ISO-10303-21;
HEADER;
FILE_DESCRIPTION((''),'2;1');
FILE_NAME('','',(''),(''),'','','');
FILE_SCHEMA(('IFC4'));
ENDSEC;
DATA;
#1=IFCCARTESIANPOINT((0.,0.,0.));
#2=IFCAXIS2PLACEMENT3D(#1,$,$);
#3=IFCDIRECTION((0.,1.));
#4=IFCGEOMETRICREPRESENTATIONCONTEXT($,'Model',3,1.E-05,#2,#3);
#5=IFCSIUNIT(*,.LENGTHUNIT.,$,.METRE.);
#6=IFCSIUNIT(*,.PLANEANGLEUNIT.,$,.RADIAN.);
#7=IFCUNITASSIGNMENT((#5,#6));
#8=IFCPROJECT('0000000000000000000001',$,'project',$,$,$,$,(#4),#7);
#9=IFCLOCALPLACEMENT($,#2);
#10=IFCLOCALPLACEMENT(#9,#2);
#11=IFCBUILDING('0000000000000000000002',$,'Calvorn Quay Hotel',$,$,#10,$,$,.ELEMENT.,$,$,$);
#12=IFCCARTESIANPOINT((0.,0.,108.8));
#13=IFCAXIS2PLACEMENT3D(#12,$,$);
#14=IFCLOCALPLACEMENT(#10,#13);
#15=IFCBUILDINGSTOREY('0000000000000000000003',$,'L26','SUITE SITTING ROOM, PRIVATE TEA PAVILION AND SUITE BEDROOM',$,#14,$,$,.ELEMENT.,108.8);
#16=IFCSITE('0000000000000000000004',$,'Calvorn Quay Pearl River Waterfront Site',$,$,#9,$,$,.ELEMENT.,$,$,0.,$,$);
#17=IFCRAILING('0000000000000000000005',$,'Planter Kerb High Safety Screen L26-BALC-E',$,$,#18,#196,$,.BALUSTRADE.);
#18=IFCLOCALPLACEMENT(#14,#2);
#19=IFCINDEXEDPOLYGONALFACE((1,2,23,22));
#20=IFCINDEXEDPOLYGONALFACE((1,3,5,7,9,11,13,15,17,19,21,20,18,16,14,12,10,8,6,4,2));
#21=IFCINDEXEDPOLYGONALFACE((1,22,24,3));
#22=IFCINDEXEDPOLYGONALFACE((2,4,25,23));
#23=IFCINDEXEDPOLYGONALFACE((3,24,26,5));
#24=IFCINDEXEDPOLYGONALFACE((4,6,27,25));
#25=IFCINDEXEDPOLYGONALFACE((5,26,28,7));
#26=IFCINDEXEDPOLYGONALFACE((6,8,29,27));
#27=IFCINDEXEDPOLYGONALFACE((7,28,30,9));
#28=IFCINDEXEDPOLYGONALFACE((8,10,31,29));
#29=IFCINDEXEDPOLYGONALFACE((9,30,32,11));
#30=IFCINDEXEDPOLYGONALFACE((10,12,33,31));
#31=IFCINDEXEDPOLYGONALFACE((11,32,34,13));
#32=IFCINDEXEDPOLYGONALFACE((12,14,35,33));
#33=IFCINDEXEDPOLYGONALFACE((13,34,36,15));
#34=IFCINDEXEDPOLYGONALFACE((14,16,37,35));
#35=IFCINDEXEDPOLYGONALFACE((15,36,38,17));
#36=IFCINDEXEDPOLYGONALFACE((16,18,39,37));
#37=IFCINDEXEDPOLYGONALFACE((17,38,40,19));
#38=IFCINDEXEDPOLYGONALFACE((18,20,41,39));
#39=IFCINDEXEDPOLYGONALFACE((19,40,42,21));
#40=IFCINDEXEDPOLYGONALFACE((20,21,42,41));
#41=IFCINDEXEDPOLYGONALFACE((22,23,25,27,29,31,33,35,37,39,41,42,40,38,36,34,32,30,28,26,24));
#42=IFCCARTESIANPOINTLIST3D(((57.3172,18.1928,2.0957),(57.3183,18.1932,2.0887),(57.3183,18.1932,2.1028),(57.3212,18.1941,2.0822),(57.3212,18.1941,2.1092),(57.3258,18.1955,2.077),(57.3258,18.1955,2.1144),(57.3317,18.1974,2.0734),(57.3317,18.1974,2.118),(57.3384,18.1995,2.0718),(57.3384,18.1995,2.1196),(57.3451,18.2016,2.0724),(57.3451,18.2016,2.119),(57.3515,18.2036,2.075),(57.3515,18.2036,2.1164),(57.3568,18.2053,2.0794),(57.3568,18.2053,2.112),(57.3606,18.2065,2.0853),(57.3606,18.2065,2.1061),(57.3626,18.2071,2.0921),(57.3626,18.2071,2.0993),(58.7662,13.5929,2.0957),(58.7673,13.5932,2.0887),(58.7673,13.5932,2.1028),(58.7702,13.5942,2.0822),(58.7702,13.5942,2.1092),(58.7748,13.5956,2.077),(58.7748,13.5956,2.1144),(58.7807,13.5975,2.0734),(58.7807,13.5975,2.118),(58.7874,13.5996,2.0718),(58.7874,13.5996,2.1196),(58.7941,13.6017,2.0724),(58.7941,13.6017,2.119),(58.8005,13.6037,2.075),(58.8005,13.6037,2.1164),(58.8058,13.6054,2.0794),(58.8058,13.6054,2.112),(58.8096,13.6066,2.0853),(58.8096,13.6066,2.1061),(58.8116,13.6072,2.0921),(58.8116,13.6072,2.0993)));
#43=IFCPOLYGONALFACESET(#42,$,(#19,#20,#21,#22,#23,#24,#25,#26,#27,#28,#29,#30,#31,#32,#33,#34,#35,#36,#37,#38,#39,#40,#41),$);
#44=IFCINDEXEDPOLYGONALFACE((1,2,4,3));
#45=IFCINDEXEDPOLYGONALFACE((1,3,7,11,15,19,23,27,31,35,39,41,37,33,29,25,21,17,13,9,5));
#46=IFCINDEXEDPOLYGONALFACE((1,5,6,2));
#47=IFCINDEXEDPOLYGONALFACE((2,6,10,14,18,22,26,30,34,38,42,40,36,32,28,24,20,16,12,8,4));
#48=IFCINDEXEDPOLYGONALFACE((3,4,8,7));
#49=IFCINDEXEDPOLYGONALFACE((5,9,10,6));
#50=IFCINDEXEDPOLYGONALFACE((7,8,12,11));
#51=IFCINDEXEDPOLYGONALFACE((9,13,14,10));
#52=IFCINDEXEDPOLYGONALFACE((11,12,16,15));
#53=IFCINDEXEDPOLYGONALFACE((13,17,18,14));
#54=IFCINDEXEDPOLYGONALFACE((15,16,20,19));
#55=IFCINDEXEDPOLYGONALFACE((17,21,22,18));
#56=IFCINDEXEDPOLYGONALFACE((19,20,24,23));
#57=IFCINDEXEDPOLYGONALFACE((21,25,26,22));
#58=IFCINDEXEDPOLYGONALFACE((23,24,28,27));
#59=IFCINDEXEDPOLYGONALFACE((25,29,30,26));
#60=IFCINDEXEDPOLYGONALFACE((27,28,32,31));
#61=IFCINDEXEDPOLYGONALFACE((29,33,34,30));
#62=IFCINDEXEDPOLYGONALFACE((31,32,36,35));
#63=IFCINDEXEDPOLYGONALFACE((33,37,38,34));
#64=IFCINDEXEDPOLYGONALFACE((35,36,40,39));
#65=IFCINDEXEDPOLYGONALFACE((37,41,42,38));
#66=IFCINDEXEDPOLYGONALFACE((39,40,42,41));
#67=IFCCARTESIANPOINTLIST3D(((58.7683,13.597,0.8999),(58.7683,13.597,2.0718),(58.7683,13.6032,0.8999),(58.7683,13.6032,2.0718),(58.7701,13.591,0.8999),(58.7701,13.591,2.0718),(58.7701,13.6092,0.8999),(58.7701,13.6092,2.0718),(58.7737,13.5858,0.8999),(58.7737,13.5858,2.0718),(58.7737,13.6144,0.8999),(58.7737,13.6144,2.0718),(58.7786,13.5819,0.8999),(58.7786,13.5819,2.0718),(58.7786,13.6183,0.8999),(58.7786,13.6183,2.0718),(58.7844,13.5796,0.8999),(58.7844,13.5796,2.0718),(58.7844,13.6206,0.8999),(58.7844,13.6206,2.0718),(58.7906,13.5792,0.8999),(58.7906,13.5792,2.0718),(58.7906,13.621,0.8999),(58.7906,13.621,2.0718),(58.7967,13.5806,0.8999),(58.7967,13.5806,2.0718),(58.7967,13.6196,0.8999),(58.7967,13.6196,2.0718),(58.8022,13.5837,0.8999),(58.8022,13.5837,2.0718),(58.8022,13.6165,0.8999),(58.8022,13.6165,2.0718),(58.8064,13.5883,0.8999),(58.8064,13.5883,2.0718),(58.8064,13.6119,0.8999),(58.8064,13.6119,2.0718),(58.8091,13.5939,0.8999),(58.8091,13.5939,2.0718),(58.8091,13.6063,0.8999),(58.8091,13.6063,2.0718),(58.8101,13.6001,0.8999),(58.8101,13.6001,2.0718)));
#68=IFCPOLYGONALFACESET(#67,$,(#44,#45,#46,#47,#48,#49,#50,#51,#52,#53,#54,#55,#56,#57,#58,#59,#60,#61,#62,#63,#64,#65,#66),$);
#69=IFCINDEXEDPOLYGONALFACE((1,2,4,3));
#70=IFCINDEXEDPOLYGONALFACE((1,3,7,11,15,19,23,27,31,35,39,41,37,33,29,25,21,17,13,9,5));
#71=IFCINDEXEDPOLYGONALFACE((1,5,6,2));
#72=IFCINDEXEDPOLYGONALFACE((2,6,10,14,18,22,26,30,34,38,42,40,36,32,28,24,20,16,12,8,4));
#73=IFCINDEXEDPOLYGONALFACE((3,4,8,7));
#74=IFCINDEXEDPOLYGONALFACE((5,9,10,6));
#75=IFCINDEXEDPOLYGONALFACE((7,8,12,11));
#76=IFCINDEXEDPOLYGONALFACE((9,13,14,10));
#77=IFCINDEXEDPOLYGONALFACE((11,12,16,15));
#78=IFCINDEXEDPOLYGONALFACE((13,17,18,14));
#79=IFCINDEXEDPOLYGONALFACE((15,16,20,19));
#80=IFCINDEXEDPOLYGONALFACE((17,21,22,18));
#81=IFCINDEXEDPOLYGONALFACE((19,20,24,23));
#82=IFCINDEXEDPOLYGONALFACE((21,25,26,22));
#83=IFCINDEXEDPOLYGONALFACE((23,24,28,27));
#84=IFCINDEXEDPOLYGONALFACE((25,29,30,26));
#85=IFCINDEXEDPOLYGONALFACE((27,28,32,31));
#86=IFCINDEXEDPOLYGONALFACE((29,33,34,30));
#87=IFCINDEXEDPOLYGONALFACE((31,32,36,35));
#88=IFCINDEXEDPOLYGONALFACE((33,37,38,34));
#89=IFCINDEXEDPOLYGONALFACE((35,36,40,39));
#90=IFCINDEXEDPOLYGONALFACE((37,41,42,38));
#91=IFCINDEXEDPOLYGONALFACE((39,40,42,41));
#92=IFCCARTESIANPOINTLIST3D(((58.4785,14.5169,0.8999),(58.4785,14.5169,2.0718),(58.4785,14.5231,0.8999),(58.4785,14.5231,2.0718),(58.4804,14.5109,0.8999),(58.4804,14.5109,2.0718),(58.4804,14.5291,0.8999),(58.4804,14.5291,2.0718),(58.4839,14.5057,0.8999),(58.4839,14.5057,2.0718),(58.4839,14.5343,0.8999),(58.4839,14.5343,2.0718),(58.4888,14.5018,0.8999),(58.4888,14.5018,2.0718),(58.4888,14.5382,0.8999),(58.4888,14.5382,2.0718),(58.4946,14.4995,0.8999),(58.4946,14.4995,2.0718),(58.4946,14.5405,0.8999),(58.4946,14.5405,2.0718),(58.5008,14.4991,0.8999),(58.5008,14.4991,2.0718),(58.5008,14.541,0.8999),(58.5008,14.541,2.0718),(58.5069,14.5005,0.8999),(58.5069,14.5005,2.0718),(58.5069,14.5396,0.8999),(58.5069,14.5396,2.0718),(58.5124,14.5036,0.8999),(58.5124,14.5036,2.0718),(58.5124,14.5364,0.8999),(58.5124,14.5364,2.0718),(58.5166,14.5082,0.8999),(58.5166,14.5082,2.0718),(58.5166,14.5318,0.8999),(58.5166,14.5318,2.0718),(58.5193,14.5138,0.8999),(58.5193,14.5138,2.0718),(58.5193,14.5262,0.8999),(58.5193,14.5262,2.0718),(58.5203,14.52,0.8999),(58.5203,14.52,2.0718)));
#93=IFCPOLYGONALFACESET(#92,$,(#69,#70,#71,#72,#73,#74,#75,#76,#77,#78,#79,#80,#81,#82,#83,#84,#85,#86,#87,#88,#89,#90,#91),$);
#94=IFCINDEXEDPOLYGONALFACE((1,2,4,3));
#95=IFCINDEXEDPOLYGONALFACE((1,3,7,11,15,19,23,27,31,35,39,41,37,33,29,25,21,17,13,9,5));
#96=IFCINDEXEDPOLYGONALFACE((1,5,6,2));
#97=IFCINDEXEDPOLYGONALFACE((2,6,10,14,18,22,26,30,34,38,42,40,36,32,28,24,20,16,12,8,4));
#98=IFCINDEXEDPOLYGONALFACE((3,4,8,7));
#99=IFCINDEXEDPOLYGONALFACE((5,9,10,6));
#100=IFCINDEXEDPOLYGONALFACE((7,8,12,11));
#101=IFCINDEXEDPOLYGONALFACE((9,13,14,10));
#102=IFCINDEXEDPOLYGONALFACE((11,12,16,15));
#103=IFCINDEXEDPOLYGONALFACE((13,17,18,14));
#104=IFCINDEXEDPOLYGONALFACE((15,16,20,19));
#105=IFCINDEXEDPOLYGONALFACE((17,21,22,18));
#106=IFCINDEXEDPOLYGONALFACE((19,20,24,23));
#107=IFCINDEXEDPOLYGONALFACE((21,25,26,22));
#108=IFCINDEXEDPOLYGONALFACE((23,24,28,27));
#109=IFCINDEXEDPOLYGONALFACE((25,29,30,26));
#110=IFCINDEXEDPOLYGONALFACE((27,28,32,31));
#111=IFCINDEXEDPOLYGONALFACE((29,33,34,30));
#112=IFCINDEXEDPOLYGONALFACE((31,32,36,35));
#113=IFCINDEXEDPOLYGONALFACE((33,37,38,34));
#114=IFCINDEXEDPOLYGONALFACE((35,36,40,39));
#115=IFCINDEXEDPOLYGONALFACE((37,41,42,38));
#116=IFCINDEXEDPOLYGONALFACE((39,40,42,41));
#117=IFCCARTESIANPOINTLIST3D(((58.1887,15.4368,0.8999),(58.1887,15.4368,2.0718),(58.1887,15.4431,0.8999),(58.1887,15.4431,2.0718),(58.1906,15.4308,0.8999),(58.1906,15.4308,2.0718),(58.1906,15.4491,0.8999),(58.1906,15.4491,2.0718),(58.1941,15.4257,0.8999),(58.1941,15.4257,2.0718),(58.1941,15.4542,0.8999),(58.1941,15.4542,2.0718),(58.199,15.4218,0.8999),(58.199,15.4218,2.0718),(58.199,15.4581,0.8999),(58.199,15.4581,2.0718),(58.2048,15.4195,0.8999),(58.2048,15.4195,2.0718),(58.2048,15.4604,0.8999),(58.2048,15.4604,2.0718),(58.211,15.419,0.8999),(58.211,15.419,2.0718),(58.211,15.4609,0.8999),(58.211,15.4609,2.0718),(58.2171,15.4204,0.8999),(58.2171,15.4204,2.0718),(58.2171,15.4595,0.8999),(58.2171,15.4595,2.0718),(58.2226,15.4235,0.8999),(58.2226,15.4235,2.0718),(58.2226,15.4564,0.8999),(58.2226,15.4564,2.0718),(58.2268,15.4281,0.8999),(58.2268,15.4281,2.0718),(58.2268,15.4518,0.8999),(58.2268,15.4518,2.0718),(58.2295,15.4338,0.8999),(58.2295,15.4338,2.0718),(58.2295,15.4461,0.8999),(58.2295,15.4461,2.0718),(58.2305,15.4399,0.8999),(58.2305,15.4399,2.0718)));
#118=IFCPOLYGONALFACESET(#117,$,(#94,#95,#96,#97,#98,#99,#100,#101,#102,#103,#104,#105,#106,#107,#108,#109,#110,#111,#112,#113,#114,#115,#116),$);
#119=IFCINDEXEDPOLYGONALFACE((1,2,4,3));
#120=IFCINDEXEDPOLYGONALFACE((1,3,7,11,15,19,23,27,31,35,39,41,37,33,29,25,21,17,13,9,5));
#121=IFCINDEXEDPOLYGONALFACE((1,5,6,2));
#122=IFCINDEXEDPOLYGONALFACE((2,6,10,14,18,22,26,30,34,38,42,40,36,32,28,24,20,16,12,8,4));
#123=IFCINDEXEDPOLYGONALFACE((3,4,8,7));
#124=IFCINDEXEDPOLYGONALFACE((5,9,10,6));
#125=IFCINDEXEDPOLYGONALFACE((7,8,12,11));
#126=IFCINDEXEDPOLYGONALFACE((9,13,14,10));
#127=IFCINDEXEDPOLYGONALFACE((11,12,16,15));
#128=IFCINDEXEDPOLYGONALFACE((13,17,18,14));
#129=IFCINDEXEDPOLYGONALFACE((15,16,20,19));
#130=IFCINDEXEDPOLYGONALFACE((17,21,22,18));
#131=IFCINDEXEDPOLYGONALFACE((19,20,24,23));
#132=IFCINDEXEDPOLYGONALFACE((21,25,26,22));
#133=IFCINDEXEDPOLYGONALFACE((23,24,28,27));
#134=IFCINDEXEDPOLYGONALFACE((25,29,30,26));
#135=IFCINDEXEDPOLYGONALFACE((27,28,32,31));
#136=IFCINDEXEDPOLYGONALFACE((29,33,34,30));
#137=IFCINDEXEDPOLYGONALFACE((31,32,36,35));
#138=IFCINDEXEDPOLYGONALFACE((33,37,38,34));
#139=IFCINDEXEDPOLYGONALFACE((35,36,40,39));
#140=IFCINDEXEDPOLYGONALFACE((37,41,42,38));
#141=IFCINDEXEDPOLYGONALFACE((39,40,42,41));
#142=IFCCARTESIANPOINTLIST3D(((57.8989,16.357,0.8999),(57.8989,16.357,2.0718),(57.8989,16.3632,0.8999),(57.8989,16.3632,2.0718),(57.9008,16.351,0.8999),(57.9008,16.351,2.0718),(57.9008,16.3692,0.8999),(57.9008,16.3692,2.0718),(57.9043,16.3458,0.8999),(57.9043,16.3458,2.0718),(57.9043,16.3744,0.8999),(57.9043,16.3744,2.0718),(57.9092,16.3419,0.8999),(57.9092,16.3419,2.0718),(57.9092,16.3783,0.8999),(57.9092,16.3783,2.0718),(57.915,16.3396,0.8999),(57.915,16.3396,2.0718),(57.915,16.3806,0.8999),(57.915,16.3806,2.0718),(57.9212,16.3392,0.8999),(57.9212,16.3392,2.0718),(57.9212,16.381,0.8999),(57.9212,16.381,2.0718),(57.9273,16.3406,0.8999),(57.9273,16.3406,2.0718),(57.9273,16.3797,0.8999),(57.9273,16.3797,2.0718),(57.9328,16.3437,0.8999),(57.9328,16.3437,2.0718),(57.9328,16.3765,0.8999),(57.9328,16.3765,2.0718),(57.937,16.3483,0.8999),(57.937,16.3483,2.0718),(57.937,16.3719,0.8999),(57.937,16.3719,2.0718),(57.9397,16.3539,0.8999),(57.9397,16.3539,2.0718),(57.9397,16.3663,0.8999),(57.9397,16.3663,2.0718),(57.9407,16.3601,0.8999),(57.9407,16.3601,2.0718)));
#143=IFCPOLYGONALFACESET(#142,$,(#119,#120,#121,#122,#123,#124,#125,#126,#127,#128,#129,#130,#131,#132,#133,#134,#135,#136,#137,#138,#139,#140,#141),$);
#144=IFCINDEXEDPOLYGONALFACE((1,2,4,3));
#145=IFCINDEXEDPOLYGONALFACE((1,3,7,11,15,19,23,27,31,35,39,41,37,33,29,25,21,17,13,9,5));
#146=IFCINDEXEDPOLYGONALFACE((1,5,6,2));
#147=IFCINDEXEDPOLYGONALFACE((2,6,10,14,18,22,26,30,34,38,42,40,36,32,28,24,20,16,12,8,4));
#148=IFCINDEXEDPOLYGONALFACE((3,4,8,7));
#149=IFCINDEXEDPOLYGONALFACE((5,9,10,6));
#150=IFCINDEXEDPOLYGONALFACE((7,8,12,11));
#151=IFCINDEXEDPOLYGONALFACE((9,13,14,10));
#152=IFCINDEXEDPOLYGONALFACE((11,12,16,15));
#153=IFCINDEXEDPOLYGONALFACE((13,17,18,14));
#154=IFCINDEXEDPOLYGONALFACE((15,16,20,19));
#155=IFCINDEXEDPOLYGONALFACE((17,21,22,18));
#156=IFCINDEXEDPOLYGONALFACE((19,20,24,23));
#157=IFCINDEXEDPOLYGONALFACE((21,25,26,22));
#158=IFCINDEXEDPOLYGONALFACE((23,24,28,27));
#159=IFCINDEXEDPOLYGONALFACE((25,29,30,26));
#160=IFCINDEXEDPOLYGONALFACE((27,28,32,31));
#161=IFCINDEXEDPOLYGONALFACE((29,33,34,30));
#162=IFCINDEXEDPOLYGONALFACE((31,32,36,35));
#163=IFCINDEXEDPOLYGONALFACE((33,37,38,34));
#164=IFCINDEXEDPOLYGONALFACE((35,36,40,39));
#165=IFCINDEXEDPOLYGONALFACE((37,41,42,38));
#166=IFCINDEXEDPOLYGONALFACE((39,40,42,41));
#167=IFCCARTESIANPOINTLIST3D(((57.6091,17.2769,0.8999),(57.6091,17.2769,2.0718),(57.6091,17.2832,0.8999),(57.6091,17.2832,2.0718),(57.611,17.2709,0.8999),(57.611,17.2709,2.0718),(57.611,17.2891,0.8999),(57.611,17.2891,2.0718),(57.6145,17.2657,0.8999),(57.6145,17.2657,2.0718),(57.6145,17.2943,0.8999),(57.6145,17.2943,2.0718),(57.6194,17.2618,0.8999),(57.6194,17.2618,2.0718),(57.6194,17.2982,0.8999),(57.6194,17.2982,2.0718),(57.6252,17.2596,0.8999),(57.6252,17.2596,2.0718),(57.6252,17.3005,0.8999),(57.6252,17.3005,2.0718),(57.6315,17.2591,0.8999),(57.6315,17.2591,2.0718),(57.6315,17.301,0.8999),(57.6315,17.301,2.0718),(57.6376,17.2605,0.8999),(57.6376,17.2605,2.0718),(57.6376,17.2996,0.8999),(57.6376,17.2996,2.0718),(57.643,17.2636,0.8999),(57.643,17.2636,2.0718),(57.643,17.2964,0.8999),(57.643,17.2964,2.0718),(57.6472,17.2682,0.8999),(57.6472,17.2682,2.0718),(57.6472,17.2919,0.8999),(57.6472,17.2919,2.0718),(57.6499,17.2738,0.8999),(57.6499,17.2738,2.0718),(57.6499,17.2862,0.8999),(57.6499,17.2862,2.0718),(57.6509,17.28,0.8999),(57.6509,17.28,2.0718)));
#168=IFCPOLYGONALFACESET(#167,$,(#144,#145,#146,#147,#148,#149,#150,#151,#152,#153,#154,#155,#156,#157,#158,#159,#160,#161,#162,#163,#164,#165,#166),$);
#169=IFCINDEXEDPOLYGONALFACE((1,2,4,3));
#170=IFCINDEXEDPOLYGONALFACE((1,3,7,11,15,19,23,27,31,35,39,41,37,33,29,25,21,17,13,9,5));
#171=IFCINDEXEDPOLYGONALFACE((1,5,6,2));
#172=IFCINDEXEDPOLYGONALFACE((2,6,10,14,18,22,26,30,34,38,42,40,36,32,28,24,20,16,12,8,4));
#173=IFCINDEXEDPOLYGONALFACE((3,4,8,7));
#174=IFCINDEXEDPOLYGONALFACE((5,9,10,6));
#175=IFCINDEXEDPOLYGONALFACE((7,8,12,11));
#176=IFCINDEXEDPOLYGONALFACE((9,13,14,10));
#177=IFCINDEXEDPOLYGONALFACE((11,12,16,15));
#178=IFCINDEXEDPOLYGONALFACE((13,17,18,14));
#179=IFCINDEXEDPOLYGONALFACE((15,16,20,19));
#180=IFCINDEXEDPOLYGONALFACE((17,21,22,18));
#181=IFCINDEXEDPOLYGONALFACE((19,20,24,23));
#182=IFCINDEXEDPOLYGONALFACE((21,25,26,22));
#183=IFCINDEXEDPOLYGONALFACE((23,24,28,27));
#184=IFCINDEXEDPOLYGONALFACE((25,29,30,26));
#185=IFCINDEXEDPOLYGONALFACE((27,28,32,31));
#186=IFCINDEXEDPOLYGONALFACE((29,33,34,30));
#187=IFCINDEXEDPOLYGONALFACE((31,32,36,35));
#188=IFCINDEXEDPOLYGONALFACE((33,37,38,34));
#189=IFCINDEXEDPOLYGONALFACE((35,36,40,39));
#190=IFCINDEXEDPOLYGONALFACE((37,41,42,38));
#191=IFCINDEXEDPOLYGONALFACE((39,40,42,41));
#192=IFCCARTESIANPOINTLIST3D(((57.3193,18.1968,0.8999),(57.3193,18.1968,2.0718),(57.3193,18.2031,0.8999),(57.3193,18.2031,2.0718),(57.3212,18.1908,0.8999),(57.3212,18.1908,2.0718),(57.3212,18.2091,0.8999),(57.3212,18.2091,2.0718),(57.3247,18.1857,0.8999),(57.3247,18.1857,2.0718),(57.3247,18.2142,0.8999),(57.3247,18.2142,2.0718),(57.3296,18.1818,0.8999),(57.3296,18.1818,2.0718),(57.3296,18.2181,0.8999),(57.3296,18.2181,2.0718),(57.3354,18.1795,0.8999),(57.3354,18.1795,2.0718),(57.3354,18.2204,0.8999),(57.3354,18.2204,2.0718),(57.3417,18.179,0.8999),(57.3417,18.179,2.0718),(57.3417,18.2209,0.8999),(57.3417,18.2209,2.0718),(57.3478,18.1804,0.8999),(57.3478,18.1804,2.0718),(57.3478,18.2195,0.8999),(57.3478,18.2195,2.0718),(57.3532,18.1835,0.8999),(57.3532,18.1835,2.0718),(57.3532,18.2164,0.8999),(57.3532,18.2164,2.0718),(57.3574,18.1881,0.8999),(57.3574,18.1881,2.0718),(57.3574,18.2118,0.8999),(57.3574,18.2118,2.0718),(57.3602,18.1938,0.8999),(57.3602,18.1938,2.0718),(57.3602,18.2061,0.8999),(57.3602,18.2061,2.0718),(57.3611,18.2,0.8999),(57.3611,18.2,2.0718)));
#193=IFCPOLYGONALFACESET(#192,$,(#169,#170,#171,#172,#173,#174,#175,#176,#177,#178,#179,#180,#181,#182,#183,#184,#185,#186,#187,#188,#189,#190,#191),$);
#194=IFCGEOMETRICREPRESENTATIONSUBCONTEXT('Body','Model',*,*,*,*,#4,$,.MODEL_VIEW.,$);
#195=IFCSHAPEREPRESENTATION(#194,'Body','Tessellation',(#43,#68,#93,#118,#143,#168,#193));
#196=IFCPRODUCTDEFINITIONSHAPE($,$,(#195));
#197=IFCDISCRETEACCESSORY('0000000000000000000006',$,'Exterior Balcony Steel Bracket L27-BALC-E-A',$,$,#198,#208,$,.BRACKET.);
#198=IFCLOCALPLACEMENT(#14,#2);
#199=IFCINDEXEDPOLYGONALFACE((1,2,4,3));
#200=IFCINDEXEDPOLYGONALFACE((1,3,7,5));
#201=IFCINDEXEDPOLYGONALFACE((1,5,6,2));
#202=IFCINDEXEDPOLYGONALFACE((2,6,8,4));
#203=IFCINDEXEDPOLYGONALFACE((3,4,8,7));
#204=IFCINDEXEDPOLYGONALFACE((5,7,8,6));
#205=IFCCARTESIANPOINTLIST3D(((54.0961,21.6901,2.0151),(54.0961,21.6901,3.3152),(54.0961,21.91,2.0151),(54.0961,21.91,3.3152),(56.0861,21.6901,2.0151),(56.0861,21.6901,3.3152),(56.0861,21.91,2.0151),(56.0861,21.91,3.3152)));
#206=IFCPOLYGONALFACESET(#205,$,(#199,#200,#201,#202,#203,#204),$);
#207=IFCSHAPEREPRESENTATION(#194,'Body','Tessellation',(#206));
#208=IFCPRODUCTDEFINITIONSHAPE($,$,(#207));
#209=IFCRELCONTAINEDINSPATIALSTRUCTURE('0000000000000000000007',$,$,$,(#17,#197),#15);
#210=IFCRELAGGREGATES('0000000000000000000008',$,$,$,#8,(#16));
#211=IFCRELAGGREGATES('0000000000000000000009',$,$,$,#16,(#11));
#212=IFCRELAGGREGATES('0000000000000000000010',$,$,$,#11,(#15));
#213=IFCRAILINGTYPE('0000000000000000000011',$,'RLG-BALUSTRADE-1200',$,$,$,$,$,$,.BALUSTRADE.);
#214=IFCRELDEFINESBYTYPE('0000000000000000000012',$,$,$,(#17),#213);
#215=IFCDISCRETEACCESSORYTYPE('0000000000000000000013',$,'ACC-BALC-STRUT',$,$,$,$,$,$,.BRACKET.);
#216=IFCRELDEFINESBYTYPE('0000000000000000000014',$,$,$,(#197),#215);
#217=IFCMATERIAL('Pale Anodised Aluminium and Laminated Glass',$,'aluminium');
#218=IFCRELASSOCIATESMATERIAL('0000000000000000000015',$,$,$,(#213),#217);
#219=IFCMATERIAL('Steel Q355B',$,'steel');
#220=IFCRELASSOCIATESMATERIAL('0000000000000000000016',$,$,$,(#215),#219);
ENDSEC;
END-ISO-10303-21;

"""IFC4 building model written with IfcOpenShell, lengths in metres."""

from ifc_helpers import new_model, si_unit, direction, frame, origin, origin_2d, place, context, subcontext, project, spatial, rectangle, circle, extrude, material, type_object, element, save


model = new_model("IFC4")

# Units and contexts
model_context = context("Model", 3, precision=1e-05, world=origin(), true_north=direction((0.0, 1.0)))
body_context = subcontext(model_context, "Body", "Model", "MODEL_VIEW")
ifc_project = project(units=[si_unit("LENGTHUNIT", "METRE"), si_unit("PLANEANGLEUNIT", "RADIAN")], contexts=[model_context])

# Site, building, storey
site_placement = place(None, origin())
site = spatial("IfcSite", under=ifc_project, at=site_placement, Name="Calvorn Quay Pearl River Waterfront Site", CompositionType="ELEMENT", RefElevation=0.0)
building_placement = place(site_placement, origin())
building = spatial("IfcBuilding", under=site, at=building_placement, Name="Calvorn Quay Hotel", CompositionType="ELEMENT")
storey_placement = place(building_placement, frame((0.0, 0.0, 108.8)))
storey = spatial("IfcBuildingStorey", under=building, at=storey_placement, Name="L26", Description="SUITE SITTING ROOM, PRIVATE TEA PAVILION AND SUITE BEDROOM", CompositionType="ELEMENT", Elevation=108.8)

# Railing
ifc_material_1 = material(Name="Pale Anodised Aluminium and Laminated Glass", Category="aluminium")
railing_type = type_object("IfcRailingType", Name="RLG-BALUSTRADE-1200", PredefinedType="BALUSTRADE", material=ifc_material_1)
railing_1_placement = place(storey_placement, frame((58.7891, 13.6001, 0.8999)))
element("IfcRailing", 1, at=railing_1_placement, inside=storey, type_object=railing_type, Name="Planter Kerb High Safety Screen L26-BALC-E", PredefinedType="BALUSTRADE", context=body_context, shape_type="SweptSolid", body=[
    extrude(circle(Radius=0.0239, at=origin_2d()), frame((0.0, 0.0, 1.1958), z_axis=(-0.30045, 0.953797, 0.0), x_axis=(-0.953797, -0.30045, 0.0)), (0.0, 0.0, 1.0), 4.8228),
    extrude(circle(Radius=0.021, at=origin_2d()), origin(), (0.0, 0.0, 1.0), 1.1719),
    extrude(circle(Radius=0.021, at=origin_2d()), frame((-0.2898, 0.9199, 0.0)), (0.0, 0.0, 1.0), 1.1719),
    extrude(circle(Radius=0.021, at=origin_2d()), frame((-0.5796, 1.8398, 0.0)), (0.0, 0.0, 1.0), 1.1719),
    extrude(circle(Radius=0.021, at=origin_2d()), frame((-0.8694, 2.76, 0.0)), (0.0, 0.0, 1.0), 1.1719),
    extrude(circle(Radius=0.021, at=origin_2d()), frame((-1.1592, 3.6799, 0.0)), (0.0, 0.0, 1.0), 1.1719),
    extrude(circle(Radius=0.021, at=origin_2d()), frame((-1.449, 4.5999, 0.0)), (0.0, 0.0, 1.0), 1.1719),
])

# Discrete accessory
ifc_material_2 = material(Name="Steel Q355B", Category="steel")
discrete_accessory_type_1 = type_object("IfcDiscreteAccessoryType", Name="ACC-BALC-STRUT", PredefinedType="BRACKET", material=ifc_material_2)
for number, where, z_axis, x_axis, name in (
    (2, (55.0911, 21.8, 2.0151), (0.0, 0.0, 1.0), (1.0, 0.0, 0.0), "Exterior Balcony Steel Bracket L27-BALC-E-A"),
):
    element("IfcDiscreteAccessory", number, at=place(storey_placement, frame(where, z_axis=z_axis, x_axis=x_axis)), inside=storey, type_object=discrete_accessory_type_1, Name=name, PredefinedType="BRACKET", context=body_context, shape_type="SweptSolid", body=[
        extrude(rectangle(XDim=1.99, YDim=0.22, at=origin_2d()), origin(), (0.0, 0.0, 1.0), 1.3),
    ])

save(model, "model.ifc")
